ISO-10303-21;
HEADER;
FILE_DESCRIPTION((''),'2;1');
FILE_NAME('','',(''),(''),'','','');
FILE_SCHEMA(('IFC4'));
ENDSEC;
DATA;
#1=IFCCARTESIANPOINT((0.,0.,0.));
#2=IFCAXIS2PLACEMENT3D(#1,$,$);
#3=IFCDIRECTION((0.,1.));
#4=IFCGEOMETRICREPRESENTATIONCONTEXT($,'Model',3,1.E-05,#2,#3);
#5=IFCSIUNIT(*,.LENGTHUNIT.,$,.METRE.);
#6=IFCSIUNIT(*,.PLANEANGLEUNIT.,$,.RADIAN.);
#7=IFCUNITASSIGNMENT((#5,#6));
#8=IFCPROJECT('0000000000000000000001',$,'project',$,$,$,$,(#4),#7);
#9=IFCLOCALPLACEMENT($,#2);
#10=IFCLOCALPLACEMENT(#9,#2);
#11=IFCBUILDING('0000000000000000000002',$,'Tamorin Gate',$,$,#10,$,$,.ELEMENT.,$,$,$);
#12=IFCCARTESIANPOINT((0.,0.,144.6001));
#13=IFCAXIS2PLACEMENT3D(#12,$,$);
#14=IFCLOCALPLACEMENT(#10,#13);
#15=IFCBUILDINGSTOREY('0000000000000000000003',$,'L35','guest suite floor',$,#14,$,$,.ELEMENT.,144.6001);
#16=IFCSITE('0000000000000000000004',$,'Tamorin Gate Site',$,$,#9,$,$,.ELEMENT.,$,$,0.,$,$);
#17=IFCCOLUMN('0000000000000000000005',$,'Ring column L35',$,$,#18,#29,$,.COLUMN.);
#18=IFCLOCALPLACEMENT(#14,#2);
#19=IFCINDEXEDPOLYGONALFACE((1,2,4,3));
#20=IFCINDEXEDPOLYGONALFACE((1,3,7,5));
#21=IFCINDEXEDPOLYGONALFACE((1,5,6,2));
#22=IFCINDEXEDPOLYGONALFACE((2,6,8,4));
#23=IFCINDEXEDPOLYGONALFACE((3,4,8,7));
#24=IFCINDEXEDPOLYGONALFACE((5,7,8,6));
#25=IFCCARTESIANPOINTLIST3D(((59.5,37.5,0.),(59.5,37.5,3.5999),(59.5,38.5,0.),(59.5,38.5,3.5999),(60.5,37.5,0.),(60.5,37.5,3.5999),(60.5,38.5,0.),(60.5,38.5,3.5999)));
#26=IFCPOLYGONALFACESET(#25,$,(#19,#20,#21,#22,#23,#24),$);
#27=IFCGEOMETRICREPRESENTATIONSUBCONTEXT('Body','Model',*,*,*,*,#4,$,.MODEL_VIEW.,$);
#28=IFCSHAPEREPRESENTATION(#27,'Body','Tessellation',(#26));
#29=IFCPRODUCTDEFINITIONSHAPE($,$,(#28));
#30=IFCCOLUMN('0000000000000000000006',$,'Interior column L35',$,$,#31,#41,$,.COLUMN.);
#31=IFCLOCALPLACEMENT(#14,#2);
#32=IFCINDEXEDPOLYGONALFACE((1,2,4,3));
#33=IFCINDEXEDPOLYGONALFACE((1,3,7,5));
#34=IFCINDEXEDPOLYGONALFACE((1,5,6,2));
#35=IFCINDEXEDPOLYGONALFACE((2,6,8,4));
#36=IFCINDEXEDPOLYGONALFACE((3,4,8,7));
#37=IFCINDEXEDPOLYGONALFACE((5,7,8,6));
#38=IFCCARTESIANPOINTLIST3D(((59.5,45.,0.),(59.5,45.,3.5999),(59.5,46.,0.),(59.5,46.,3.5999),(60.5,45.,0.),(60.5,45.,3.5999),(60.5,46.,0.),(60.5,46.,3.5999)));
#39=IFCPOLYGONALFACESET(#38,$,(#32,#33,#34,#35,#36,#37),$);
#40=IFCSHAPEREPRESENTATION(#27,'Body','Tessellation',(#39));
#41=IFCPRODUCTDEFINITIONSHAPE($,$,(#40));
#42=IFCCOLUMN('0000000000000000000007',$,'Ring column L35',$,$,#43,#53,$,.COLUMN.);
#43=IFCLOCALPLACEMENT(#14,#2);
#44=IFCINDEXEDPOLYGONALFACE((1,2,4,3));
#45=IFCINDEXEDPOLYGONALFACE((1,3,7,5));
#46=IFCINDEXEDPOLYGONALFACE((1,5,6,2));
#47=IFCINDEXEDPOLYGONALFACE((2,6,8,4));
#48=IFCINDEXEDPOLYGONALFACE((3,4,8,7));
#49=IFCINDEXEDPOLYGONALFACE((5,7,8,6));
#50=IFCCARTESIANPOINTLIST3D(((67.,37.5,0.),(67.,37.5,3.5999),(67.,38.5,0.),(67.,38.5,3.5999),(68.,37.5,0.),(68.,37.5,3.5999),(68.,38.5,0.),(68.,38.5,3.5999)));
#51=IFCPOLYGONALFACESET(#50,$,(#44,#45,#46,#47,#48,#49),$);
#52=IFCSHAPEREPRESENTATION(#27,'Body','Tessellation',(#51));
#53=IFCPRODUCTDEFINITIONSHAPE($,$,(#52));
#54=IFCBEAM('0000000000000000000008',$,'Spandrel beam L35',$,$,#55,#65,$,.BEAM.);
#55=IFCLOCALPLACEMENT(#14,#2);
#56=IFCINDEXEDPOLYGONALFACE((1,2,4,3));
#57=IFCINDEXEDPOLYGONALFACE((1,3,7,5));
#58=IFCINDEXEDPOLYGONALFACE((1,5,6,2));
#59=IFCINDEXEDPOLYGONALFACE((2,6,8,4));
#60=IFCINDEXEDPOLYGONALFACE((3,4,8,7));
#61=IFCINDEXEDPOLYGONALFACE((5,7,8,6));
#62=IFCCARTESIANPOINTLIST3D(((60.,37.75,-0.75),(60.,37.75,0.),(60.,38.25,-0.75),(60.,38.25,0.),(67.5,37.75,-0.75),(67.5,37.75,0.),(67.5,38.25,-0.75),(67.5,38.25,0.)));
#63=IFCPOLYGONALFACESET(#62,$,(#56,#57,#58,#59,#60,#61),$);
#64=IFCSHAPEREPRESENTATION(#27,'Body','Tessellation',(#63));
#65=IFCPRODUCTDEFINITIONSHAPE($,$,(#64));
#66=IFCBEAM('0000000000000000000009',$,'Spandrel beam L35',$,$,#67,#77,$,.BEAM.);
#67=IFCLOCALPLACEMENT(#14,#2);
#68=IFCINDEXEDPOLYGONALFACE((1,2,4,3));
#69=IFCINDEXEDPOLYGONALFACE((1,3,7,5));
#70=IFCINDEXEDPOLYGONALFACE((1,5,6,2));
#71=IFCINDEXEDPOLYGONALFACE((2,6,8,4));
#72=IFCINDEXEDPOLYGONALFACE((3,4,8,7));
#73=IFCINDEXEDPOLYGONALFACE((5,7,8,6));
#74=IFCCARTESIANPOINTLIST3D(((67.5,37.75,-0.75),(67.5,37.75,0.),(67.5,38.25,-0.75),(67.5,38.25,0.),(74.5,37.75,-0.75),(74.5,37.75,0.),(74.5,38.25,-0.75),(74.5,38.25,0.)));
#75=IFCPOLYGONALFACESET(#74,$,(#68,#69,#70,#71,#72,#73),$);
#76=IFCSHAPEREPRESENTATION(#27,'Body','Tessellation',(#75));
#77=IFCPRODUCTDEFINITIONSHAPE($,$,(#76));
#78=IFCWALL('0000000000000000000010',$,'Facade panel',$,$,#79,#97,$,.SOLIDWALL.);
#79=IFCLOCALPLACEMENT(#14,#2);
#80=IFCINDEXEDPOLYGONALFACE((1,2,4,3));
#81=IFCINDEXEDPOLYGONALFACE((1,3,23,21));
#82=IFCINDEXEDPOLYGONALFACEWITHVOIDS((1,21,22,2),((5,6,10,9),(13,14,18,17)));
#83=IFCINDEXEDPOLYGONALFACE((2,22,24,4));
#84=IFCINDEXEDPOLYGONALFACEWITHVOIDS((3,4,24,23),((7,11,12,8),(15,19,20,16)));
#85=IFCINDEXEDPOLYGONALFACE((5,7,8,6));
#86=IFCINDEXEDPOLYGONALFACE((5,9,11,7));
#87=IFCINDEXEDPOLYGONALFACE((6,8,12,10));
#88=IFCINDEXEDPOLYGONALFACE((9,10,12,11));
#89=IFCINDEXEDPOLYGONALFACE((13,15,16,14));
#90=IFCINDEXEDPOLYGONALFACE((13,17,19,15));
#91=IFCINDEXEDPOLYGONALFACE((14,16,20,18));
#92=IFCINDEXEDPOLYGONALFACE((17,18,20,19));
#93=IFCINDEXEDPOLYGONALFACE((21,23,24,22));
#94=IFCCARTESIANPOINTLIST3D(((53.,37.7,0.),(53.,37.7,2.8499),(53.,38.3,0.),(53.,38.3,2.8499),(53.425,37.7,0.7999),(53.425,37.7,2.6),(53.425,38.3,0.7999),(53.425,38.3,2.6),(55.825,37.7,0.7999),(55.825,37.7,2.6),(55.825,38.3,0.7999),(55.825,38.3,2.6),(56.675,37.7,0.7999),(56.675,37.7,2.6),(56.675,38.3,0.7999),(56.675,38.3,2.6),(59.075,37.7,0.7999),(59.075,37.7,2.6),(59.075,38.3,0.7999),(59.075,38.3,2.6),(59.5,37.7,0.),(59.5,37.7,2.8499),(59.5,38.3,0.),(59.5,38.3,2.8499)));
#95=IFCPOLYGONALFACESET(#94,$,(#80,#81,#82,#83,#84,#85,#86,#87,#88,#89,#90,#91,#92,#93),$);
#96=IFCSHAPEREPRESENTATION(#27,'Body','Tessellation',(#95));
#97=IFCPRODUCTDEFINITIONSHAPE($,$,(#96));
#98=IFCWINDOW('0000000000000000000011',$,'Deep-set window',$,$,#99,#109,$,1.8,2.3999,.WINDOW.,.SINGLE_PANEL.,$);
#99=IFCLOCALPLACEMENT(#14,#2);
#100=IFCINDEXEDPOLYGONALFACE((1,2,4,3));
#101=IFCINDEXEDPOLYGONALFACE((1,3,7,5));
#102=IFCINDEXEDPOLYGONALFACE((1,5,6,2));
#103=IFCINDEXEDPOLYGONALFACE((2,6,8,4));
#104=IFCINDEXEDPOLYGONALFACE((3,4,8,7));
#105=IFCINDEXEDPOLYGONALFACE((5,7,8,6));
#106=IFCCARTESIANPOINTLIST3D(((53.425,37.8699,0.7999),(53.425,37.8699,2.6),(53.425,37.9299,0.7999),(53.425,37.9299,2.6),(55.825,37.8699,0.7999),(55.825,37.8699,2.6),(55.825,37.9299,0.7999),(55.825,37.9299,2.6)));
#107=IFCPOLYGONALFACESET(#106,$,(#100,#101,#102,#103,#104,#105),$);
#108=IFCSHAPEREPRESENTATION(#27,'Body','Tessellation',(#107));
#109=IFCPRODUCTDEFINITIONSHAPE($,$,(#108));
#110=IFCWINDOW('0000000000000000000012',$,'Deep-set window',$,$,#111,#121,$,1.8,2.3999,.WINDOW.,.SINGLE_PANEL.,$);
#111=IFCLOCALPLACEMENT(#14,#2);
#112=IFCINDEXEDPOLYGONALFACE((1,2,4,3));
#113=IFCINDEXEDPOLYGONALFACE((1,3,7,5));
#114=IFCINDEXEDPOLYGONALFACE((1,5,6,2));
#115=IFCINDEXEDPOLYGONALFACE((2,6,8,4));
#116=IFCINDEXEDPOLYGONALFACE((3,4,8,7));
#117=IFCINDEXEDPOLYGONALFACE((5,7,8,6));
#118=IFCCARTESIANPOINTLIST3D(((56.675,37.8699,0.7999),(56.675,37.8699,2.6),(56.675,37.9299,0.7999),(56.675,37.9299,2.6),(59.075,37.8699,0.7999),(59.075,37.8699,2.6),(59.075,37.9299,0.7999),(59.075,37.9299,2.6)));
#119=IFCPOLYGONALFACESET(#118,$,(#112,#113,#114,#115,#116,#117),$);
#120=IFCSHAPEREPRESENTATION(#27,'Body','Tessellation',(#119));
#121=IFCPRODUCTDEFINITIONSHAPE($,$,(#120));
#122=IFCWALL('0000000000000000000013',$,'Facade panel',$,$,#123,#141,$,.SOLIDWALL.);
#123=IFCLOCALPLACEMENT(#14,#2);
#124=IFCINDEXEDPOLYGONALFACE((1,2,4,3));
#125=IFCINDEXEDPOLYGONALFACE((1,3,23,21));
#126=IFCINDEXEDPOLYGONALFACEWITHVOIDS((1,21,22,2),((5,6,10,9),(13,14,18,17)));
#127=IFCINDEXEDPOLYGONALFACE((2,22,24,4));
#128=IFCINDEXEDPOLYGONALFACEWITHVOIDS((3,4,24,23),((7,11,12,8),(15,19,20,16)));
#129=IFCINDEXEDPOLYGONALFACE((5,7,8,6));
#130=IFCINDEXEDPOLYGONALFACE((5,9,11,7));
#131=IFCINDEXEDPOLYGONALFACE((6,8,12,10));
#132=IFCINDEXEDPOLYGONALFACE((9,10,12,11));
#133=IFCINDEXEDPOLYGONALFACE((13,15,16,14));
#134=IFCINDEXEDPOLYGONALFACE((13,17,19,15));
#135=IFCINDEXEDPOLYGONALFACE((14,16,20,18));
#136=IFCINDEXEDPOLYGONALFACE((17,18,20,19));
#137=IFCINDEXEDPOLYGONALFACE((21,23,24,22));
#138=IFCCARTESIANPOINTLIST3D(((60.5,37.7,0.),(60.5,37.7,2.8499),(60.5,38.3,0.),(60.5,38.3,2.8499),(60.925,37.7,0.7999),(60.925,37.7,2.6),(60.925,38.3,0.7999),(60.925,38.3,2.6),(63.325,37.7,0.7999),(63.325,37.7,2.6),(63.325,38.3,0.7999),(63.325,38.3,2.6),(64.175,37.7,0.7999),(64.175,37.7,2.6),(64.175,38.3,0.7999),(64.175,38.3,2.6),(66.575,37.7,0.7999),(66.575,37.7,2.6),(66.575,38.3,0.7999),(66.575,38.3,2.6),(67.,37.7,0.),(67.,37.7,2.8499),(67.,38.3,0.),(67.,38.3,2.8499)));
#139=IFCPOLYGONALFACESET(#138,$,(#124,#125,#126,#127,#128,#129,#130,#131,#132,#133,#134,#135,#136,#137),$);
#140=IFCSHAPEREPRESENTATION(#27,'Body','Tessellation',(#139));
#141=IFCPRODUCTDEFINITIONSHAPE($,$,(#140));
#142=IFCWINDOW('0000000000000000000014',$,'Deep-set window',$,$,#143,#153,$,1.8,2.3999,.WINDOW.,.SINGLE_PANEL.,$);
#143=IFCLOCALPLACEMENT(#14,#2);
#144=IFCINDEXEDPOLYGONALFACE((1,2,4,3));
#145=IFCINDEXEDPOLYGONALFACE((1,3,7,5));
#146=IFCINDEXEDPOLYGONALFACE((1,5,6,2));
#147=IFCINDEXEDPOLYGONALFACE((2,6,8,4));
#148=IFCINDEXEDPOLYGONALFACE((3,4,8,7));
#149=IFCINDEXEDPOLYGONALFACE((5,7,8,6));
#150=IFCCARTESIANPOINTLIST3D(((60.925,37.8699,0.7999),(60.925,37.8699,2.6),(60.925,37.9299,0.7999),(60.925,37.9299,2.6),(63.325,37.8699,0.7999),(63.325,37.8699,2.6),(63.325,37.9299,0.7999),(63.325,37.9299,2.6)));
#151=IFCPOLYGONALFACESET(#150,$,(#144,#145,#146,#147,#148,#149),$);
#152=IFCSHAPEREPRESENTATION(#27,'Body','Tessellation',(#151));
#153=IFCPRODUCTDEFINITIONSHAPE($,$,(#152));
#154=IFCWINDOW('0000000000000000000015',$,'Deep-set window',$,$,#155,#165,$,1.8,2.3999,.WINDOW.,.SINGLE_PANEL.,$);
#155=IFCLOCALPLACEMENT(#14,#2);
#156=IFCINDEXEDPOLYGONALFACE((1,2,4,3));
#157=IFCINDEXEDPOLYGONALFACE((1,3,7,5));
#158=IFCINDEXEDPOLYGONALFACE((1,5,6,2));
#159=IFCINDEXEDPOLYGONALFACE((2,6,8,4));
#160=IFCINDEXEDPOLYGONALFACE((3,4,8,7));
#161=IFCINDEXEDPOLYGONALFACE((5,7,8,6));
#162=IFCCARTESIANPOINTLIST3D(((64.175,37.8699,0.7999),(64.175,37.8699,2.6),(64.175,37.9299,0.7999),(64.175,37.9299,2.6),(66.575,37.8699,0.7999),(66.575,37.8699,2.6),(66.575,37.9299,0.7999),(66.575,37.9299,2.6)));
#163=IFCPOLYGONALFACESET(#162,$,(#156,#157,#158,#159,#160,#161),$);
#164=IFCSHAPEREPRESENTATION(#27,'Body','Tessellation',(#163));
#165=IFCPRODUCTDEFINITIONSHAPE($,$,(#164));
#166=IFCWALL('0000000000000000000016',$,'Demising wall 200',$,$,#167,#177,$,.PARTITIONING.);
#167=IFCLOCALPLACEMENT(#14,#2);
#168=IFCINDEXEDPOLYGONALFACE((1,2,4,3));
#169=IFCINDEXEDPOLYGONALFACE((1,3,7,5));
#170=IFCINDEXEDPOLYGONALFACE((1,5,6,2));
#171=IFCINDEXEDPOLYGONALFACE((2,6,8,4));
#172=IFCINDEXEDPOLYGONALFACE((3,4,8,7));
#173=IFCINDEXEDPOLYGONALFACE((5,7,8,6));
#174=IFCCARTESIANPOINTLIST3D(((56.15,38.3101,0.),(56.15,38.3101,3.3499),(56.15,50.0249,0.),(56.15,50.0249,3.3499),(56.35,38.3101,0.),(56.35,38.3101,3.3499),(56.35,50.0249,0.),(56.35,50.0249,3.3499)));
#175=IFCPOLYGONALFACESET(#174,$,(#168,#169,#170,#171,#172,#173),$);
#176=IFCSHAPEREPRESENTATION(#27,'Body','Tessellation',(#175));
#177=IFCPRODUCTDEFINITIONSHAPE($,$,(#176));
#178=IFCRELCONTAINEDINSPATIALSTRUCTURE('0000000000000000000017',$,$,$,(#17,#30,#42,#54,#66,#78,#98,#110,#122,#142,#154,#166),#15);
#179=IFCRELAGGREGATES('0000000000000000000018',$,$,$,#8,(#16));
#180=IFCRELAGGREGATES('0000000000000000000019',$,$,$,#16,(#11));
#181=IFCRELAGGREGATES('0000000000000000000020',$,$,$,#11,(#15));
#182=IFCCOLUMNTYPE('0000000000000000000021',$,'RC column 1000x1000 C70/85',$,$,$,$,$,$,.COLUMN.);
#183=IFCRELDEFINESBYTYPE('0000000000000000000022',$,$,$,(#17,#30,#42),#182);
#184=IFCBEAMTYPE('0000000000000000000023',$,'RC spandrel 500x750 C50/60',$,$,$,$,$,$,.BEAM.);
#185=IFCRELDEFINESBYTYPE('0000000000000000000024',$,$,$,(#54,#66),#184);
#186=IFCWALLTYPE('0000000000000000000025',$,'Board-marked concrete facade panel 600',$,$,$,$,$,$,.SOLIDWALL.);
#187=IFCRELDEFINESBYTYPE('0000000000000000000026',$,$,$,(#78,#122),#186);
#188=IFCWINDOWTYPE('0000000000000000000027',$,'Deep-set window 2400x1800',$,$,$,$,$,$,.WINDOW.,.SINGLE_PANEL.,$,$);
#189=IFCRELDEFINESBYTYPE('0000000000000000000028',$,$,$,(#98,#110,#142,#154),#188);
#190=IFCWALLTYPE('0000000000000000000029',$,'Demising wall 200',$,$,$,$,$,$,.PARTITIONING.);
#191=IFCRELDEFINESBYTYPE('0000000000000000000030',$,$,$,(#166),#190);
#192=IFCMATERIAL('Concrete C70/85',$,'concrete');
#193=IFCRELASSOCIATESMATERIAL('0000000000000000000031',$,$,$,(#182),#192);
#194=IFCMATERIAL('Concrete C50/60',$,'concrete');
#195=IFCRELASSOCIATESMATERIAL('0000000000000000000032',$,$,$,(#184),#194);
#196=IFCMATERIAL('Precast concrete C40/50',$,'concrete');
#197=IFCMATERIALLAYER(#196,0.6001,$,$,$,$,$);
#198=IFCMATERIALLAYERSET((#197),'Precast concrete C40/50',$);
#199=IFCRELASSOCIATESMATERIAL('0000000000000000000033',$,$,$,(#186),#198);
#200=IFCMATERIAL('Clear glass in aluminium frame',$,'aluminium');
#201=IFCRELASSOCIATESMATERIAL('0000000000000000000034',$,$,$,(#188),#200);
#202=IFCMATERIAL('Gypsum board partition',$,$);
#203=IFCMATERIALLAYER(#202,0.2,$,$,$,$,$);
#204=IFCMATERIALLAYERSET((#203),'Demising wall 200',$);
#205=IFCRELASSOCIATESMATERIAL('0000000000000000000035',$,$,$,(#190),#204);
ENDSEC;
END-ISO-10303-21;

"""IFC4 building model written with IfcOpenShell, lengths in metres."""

from ifc_helpers import new_model, si_unit, direction, frame, frame_2d, origin, origin_2d, place, context, subcontext, project, spatial, rectangle, extrude, material, layer, layer_set, material_profile, profile_set, type_object, element, fill, save


model = new_model("IFC4")

# Units and contexts
model_context = context("Model", 3, precision=1e-05, world=origin(), true_north=direction((0.0, 1.0)))
body_context = subcontext(model_context, "Body", "Model", "MODEL_VIEW")
ifc_project = project(units=[si_unit("LENGTHUNIT", "METRE"), si_unit("PLANEANGLEUNIT", "RADIAN")], contexts=[model_context])

# Site, building, storey
site_placement = place(None, origin())
site = spatial("IfcSite", under=ifc_project, at=site_placement, Name="Tamorin Gate Site", CompositionType="ELEMENT", RefElevation=0.0)
building_placement = place(site_placement, origin())
building = spatial("IfcBuilding", under=site, at=building_placement, Name="Tamorin Gate", CompositionType="ELEMENT")
storey_placement = place(building_placement, frame((0.0, 0.0, 144.6001)))
storey = spatial("IfcBuildingStorey", under=building, at=storey_placement, Name="L35", Description="guest suite floor", CompositionType="ELEMENT", Elevation=144.6001)

# Columns
ifc_material_1 = material(Name="Concrete C70/85", Category="concrete")
ifc_material_profile_1 = material_profile(ifc_material_1, rectangle(XDim=1.0, YDim=1.0, at=origin_2d()), Name="RC 1000x1000")
ifc_profile_set_1 = profile_set([ifc_material_profile_1], Name="Concrete C70/85")
column_type = type_object("IfcColumnType", Name="RC column 1000x1000 C70/85", PredefinedType="COLUMN", material=ifc_profile_set_1)
for number, where, z_axis, x_axis, name in (
    (1, (60.0, 38.0, 0.0), (0.0, 0.0, 1.0), (1.0, 0.0, 0.0), "Ring column L35"),
    (2, (60.0, 45.5, 0.0), (0.0, 0.0, 1.0), (1.0, 0.0, 0.0), "Interior column L35"),
    (3, (67.5, 38.0, 0.0), (0.0, 0.0, 1.0), (1.0, 0.0, 0.0), "Ring column L35"),
):
    element("IfcColumn", number, at=place(storey_placement, frame(where, z_axis=z_axis, x_axis=x_axis)), inside=storey, type_object=column_type, Name=name, PredefinedType="COLUMN", context=body_context, shape_type="SweptSolid", body=[
        extrude(rectangle(XDim=1.0, YDim=1.0, at=origin_2d()), origin(), (0.0, 0.0, 1.0), 3.5999),
    ])

# Beams
ifc_material_2 = material(Name="Concrete C50/60", Category="concrete")
ifc_material_profile_2 = material_profile(ifc_material_2, rectangle(XDim=0.5, YDim=0.75, at=origin_2d()), Name="RC 500x750")
ifc_profile_set_2 = profile_set([ifc_material_profile_2], Name="Concrete C50/60")
beam_type = type_object("IfcBeamType", Name="RC spandrel 500x750 C50/60", PredefinedType="BEAM", material=ifc_profile_set_2)
beam_1_placement = place(storey_placement, frame((60.0, 38.0, -0.375), z_axis=(1.0, 0.0, 0.0), x_axis=(0.0, 1.0, 0.0)))
element("IfcBeam", 4, at=beam_1_placement, inside=storey, type_object=beam_type, Name="Spandrel beam L35", PredefinedType="BEAM", context=body_context, shape_type="SweptSolid", body=[
    extrude(rectangle(XDim=0.5, YDim=0.75, at=origin_2d()), origin(), (0.0, 0.0, 1.0), 7.5),
])
beam_2_placement = place(storey_placement, frame((67.5, 38.0, -0.375), z_axis=(1.0, 0.0, 0.0), x_axis=(0.0, 1.0, 0.0)))
element("IfcBeam", 5, at=beam_2_placement, inside=storey, type_object=beam_type, Name="Spandrel beam L35", PredefinedType="BEAM", context=body_context, shape_type="SweptSolid", body=[
    extrude(rectangle(XDim=0.5, YDim=0.75, at=origin_2d()), origin(), (0.0, 0.0, 1.0), 7.0),
])

# Walls, openings, windows
ifc_material_3 = material(Name="Precast concrete C40/50", Category="concrete")
ifc_layer_1 = layer(ifc_material_3, 0.6001)
ifc_layer_set_1 = layer_set([ifc_layer_1], Name="Precast concrete C40/50")
wall_type_1 = type_object("IfcWallType", Name="Board-marked concrete facade panel 600", PredefinedType="SOLIDWALL", material=ifc_layer_set_1)
wall_1_placement = place(storey_placement, frame((53.0, 38.0, 0.0), z_axis=(0.0, 0.0, 1.0), x_axis=(1.0, 0.0, 0.0)))
wall_1 = element("IfcWall", 6, at=wall_1_placement, inside=storey, type_object=wall_type_1, Name="Facade panel", PredefinedType="SOLIDWALL", context=body_context, shape_type="SweptSolid", body=[
    extrude(rectangle(XDim=6.5, YDim=0.6001, at=frame_2d((3.25, 0.0))), origin(), (0.0, 0.0, 1.0), 2.8499),
])
opening_1_placement = place(wall_1_placement, frame((0.425, 0.0, 0.8)))
opening_1 = element("IfcOpeningElement", 7, at=opening_1_placement, cuts=wall_1, PredefinedType="OPENING", context=body_context, shape_type="SweptSolid", body=[
    extrude(rectangle(XDim=2.3999, YDim=1.8, at=frame_2d((1.2, 0.8999))), frame((0.0, 0.3101, 0.0), z_axis=(0.0, -1.0, 0.0), x_axis=(1.0, 0.0, 0.0)), (0.0, 0.0, 1.0), 0.6201),
])
opening_2_placement = place(wall_1_placement, frame((3.675, 0.0, 0.8)))
opening_2 = element("IfcOpeningElement", 8, at=opening_2_placement, cuts=wall_1, PredefinedType="OPENING", context=body_context, shape_type="SweptSolid", body=[
    extrude(rectangle(XDim=2.3999, YDim=1.8, at=frame_2d((1.2, 0.8999))), frame((0.0, 0.3101, 0.0), z_axis=(0.0, -1.0, 0.0), x_axis=(1.0, 0.0, 0.0)), (0.0, 0.0, 1.0), 0.6201),
])
ifc_material_4 = material(Name="Clear glass in aluminium frame", Category="aluminium")
window_type = type_object("IfcWindowType", Name="Deep-set window 2400x1800", PartitioningType="SINGLE_PANEL", PredefinedType="WINDOW", material=ifc_material_4)
window_1_placement = place(opening_1_placement, origin())
window_1 = element("IfcWindow", 9, at=window_1_placement, inside=storey, type_object=window_type, Name="Deep-set window", OverallHeight=1.8, OverallWidth=2.3999, PartitioningType="SINGLE_PANEL", PredefinedType="WINDOW", context=body_context, shape_type="SweptSolid", body=[
    extrude(rectangle(XDim=2.3999, YDim=1.8, at=frame_2d((1.2, 0.8999))), frame((0.0, -0.0701, 0.0), z_axis=(0.0, -1.0, 0.0), x_axis=(1.0, 0.0, 0.0)), (0.0, 0.0, 1.0), 0.0601),
])
fill(opening_1, window_1)
window_2_placement = place(opening_2_placement, origin())
window_2 = element("IfcWindow", 10, at=window_2_placement, inside=storey, type_object=window_type, Name="Deep-set window", OverallHeight=1.8, OverallWidth=2.3999, PartitioningType="SINGLE_PANEL", PredefinedType="WINDOW", context=body_context, shape_type="SweptSolid", body=[
    extrude(rectangle(XDim=2.3999, YDim=1.8, at=frame_2d((1.2, 0.8999))), frame((0.0, -0.0701, 0.0), z_axis=(0.0, -1.0, 0.0), x_axis=(1.0, 0.0, 0.0)), (0.0, 0.0, 1.0), 0.0601),
])
fill(opening_2, window_2)
wall_2_placement = place(storey_placement, frame((60.5, 38.0, 0.0), z_axis=(0.0, 0.0, 1.0), x_axis=(1.0, 0.0, 0.0)))
wall_2 = element("IfcWall", 11, at=wall_2_placement, inside=storey, type_object=wall_type_1, Name="Facade panel", PredefinedType="SOLIDWALL", context=body_context, shape_type="SweptSolid", body=[
    extrude(rectangle(XDim=6.5, YDim=0.6001, at=frame_2d((3.25, 0.0))), origin(), (0.0, 0.0, 1.0), 2.8499),
])
opening_3_placement = place(wall_2_placement, frame((0.425, 0.0, 0.8)))
opening_3 = element("IfcOpeningElement", 12, at=opening_3_placement, cuts=wall_2, PredefinedType="OPENING", context=body_context, shape_type="SweptSolid", body=[
    extrude(rectangle(XDim=2.3999, YDim=1.8, at=frame_2d((1.2, 0.8999))), frame((0.0, 0.3101, 0.0), z_axis=(0.0, -1.0, 0.0), x_axis=(1.0, 0.0, 0.0)), (0.0, 0.0, 1.0), 0.6201),
])
opening_4_placement = place(wall_2_placement, frame((3.675, 0.0, 0.8)))
opening_4 = element("IfcOpeningElement", 13, at=opening_4_placement, cuts=wall_2, PredefinedType="OPENING", context=body_context, shape_type="SweptSolid", body=[
    extrude(rectangle(XDim=2.3999, YDim=1.8, at=frame_2d((1.2, 0.8999))), frame((0.0, 0.3101, 0.0), z_axis=(0.0, -1.0, 0.0), x_axis=(1.0, 0.0, 0.0)), (0.0, 0.0, 1.0), 0.6201),
])
window_3_placement = place(opening_3_placement, origin())
window_3 = element("IfcWindow", 14, at=window_3_placement, inside=storey, type_object=window_type, Name="Deep-set window", OverallHeight=1.8, OverallWidth=2.3999, PartitioningType="SINGLE_PANEL", PredefinedType="WINDOW", context=body_context, shape_type="SweptSolid", body=[
    extrude(rectangle(XDim=2.3999, YDim=1.8, at=frame_2d((1.2, 0.8999))), frame((0.0, -0.0701, 0.0), z_axis=(0.0, -1.0, 0.0), x_axis=(1.0, 0.0, 0.0)), (0.0, 0.0, 1.0), 0.0601),
])
fill(opening_3, window_3)
window_4_placement = place(opening_4_placement, origin())
window_4 = element("IfcWindow", 15, at=window_4_placement, inside=storey, type_object=window_type, Name="Deep-set window", OverallHeight=1.8, OverallWidth=2.3999, PartitioningType="SINGLE_PANEL", PredefinedType="WINDOW", context=body_context, shape_type="SweptSolid", body=[
    extrude(rectangle(XDim=2.3999, YDim=1.8, at=frame_2d((1.2, 0.8999))), frame((0.0, -0.0701, 0.0), z_axis=(0.0, -1.0, 0.0), x_axis=(1.0, 0.0, 0.0)), (0.0, 0.0, 1.0), 0.0601),
])
fill(opening_4, window_4)

# Wall
ifc_material_5 = material(Name="Gypsum board partition")
ifc_layer_2 = layer(ifc_material_5, 0.2)
ifc_layer_set_2 = layer_set([ifc_layer_2], Name="Demising wall 200")
wall_type_2 = type_object("IfcWallType", Name="Demising wall 200", PredefinedType="PARTITIONING", material=ifc_layer_set_2)
wall_3_placement = place(storey_placement, frame((56.25, 38.3101, 0.0), z_axis=(0.0, 0.0, 1.0), x_axis=(0.0, 1.0, 0.0)))
element("IfcWall", 16, at=wall_3_placement, inside=storey, type_object=wall_type_2, Name="Demising wall 200", PredefinedType="PARTITIONING", context=body_context, shape_type="SweptSolid", body=[
    extrude(rectangle(XDim=11.7148, YDim=0.2, at=frame_2d((5.8574, 0.0))), origin(), (0.0, 0.0, 1.0), 3.3499),
])

save(model, "model.ifc")
